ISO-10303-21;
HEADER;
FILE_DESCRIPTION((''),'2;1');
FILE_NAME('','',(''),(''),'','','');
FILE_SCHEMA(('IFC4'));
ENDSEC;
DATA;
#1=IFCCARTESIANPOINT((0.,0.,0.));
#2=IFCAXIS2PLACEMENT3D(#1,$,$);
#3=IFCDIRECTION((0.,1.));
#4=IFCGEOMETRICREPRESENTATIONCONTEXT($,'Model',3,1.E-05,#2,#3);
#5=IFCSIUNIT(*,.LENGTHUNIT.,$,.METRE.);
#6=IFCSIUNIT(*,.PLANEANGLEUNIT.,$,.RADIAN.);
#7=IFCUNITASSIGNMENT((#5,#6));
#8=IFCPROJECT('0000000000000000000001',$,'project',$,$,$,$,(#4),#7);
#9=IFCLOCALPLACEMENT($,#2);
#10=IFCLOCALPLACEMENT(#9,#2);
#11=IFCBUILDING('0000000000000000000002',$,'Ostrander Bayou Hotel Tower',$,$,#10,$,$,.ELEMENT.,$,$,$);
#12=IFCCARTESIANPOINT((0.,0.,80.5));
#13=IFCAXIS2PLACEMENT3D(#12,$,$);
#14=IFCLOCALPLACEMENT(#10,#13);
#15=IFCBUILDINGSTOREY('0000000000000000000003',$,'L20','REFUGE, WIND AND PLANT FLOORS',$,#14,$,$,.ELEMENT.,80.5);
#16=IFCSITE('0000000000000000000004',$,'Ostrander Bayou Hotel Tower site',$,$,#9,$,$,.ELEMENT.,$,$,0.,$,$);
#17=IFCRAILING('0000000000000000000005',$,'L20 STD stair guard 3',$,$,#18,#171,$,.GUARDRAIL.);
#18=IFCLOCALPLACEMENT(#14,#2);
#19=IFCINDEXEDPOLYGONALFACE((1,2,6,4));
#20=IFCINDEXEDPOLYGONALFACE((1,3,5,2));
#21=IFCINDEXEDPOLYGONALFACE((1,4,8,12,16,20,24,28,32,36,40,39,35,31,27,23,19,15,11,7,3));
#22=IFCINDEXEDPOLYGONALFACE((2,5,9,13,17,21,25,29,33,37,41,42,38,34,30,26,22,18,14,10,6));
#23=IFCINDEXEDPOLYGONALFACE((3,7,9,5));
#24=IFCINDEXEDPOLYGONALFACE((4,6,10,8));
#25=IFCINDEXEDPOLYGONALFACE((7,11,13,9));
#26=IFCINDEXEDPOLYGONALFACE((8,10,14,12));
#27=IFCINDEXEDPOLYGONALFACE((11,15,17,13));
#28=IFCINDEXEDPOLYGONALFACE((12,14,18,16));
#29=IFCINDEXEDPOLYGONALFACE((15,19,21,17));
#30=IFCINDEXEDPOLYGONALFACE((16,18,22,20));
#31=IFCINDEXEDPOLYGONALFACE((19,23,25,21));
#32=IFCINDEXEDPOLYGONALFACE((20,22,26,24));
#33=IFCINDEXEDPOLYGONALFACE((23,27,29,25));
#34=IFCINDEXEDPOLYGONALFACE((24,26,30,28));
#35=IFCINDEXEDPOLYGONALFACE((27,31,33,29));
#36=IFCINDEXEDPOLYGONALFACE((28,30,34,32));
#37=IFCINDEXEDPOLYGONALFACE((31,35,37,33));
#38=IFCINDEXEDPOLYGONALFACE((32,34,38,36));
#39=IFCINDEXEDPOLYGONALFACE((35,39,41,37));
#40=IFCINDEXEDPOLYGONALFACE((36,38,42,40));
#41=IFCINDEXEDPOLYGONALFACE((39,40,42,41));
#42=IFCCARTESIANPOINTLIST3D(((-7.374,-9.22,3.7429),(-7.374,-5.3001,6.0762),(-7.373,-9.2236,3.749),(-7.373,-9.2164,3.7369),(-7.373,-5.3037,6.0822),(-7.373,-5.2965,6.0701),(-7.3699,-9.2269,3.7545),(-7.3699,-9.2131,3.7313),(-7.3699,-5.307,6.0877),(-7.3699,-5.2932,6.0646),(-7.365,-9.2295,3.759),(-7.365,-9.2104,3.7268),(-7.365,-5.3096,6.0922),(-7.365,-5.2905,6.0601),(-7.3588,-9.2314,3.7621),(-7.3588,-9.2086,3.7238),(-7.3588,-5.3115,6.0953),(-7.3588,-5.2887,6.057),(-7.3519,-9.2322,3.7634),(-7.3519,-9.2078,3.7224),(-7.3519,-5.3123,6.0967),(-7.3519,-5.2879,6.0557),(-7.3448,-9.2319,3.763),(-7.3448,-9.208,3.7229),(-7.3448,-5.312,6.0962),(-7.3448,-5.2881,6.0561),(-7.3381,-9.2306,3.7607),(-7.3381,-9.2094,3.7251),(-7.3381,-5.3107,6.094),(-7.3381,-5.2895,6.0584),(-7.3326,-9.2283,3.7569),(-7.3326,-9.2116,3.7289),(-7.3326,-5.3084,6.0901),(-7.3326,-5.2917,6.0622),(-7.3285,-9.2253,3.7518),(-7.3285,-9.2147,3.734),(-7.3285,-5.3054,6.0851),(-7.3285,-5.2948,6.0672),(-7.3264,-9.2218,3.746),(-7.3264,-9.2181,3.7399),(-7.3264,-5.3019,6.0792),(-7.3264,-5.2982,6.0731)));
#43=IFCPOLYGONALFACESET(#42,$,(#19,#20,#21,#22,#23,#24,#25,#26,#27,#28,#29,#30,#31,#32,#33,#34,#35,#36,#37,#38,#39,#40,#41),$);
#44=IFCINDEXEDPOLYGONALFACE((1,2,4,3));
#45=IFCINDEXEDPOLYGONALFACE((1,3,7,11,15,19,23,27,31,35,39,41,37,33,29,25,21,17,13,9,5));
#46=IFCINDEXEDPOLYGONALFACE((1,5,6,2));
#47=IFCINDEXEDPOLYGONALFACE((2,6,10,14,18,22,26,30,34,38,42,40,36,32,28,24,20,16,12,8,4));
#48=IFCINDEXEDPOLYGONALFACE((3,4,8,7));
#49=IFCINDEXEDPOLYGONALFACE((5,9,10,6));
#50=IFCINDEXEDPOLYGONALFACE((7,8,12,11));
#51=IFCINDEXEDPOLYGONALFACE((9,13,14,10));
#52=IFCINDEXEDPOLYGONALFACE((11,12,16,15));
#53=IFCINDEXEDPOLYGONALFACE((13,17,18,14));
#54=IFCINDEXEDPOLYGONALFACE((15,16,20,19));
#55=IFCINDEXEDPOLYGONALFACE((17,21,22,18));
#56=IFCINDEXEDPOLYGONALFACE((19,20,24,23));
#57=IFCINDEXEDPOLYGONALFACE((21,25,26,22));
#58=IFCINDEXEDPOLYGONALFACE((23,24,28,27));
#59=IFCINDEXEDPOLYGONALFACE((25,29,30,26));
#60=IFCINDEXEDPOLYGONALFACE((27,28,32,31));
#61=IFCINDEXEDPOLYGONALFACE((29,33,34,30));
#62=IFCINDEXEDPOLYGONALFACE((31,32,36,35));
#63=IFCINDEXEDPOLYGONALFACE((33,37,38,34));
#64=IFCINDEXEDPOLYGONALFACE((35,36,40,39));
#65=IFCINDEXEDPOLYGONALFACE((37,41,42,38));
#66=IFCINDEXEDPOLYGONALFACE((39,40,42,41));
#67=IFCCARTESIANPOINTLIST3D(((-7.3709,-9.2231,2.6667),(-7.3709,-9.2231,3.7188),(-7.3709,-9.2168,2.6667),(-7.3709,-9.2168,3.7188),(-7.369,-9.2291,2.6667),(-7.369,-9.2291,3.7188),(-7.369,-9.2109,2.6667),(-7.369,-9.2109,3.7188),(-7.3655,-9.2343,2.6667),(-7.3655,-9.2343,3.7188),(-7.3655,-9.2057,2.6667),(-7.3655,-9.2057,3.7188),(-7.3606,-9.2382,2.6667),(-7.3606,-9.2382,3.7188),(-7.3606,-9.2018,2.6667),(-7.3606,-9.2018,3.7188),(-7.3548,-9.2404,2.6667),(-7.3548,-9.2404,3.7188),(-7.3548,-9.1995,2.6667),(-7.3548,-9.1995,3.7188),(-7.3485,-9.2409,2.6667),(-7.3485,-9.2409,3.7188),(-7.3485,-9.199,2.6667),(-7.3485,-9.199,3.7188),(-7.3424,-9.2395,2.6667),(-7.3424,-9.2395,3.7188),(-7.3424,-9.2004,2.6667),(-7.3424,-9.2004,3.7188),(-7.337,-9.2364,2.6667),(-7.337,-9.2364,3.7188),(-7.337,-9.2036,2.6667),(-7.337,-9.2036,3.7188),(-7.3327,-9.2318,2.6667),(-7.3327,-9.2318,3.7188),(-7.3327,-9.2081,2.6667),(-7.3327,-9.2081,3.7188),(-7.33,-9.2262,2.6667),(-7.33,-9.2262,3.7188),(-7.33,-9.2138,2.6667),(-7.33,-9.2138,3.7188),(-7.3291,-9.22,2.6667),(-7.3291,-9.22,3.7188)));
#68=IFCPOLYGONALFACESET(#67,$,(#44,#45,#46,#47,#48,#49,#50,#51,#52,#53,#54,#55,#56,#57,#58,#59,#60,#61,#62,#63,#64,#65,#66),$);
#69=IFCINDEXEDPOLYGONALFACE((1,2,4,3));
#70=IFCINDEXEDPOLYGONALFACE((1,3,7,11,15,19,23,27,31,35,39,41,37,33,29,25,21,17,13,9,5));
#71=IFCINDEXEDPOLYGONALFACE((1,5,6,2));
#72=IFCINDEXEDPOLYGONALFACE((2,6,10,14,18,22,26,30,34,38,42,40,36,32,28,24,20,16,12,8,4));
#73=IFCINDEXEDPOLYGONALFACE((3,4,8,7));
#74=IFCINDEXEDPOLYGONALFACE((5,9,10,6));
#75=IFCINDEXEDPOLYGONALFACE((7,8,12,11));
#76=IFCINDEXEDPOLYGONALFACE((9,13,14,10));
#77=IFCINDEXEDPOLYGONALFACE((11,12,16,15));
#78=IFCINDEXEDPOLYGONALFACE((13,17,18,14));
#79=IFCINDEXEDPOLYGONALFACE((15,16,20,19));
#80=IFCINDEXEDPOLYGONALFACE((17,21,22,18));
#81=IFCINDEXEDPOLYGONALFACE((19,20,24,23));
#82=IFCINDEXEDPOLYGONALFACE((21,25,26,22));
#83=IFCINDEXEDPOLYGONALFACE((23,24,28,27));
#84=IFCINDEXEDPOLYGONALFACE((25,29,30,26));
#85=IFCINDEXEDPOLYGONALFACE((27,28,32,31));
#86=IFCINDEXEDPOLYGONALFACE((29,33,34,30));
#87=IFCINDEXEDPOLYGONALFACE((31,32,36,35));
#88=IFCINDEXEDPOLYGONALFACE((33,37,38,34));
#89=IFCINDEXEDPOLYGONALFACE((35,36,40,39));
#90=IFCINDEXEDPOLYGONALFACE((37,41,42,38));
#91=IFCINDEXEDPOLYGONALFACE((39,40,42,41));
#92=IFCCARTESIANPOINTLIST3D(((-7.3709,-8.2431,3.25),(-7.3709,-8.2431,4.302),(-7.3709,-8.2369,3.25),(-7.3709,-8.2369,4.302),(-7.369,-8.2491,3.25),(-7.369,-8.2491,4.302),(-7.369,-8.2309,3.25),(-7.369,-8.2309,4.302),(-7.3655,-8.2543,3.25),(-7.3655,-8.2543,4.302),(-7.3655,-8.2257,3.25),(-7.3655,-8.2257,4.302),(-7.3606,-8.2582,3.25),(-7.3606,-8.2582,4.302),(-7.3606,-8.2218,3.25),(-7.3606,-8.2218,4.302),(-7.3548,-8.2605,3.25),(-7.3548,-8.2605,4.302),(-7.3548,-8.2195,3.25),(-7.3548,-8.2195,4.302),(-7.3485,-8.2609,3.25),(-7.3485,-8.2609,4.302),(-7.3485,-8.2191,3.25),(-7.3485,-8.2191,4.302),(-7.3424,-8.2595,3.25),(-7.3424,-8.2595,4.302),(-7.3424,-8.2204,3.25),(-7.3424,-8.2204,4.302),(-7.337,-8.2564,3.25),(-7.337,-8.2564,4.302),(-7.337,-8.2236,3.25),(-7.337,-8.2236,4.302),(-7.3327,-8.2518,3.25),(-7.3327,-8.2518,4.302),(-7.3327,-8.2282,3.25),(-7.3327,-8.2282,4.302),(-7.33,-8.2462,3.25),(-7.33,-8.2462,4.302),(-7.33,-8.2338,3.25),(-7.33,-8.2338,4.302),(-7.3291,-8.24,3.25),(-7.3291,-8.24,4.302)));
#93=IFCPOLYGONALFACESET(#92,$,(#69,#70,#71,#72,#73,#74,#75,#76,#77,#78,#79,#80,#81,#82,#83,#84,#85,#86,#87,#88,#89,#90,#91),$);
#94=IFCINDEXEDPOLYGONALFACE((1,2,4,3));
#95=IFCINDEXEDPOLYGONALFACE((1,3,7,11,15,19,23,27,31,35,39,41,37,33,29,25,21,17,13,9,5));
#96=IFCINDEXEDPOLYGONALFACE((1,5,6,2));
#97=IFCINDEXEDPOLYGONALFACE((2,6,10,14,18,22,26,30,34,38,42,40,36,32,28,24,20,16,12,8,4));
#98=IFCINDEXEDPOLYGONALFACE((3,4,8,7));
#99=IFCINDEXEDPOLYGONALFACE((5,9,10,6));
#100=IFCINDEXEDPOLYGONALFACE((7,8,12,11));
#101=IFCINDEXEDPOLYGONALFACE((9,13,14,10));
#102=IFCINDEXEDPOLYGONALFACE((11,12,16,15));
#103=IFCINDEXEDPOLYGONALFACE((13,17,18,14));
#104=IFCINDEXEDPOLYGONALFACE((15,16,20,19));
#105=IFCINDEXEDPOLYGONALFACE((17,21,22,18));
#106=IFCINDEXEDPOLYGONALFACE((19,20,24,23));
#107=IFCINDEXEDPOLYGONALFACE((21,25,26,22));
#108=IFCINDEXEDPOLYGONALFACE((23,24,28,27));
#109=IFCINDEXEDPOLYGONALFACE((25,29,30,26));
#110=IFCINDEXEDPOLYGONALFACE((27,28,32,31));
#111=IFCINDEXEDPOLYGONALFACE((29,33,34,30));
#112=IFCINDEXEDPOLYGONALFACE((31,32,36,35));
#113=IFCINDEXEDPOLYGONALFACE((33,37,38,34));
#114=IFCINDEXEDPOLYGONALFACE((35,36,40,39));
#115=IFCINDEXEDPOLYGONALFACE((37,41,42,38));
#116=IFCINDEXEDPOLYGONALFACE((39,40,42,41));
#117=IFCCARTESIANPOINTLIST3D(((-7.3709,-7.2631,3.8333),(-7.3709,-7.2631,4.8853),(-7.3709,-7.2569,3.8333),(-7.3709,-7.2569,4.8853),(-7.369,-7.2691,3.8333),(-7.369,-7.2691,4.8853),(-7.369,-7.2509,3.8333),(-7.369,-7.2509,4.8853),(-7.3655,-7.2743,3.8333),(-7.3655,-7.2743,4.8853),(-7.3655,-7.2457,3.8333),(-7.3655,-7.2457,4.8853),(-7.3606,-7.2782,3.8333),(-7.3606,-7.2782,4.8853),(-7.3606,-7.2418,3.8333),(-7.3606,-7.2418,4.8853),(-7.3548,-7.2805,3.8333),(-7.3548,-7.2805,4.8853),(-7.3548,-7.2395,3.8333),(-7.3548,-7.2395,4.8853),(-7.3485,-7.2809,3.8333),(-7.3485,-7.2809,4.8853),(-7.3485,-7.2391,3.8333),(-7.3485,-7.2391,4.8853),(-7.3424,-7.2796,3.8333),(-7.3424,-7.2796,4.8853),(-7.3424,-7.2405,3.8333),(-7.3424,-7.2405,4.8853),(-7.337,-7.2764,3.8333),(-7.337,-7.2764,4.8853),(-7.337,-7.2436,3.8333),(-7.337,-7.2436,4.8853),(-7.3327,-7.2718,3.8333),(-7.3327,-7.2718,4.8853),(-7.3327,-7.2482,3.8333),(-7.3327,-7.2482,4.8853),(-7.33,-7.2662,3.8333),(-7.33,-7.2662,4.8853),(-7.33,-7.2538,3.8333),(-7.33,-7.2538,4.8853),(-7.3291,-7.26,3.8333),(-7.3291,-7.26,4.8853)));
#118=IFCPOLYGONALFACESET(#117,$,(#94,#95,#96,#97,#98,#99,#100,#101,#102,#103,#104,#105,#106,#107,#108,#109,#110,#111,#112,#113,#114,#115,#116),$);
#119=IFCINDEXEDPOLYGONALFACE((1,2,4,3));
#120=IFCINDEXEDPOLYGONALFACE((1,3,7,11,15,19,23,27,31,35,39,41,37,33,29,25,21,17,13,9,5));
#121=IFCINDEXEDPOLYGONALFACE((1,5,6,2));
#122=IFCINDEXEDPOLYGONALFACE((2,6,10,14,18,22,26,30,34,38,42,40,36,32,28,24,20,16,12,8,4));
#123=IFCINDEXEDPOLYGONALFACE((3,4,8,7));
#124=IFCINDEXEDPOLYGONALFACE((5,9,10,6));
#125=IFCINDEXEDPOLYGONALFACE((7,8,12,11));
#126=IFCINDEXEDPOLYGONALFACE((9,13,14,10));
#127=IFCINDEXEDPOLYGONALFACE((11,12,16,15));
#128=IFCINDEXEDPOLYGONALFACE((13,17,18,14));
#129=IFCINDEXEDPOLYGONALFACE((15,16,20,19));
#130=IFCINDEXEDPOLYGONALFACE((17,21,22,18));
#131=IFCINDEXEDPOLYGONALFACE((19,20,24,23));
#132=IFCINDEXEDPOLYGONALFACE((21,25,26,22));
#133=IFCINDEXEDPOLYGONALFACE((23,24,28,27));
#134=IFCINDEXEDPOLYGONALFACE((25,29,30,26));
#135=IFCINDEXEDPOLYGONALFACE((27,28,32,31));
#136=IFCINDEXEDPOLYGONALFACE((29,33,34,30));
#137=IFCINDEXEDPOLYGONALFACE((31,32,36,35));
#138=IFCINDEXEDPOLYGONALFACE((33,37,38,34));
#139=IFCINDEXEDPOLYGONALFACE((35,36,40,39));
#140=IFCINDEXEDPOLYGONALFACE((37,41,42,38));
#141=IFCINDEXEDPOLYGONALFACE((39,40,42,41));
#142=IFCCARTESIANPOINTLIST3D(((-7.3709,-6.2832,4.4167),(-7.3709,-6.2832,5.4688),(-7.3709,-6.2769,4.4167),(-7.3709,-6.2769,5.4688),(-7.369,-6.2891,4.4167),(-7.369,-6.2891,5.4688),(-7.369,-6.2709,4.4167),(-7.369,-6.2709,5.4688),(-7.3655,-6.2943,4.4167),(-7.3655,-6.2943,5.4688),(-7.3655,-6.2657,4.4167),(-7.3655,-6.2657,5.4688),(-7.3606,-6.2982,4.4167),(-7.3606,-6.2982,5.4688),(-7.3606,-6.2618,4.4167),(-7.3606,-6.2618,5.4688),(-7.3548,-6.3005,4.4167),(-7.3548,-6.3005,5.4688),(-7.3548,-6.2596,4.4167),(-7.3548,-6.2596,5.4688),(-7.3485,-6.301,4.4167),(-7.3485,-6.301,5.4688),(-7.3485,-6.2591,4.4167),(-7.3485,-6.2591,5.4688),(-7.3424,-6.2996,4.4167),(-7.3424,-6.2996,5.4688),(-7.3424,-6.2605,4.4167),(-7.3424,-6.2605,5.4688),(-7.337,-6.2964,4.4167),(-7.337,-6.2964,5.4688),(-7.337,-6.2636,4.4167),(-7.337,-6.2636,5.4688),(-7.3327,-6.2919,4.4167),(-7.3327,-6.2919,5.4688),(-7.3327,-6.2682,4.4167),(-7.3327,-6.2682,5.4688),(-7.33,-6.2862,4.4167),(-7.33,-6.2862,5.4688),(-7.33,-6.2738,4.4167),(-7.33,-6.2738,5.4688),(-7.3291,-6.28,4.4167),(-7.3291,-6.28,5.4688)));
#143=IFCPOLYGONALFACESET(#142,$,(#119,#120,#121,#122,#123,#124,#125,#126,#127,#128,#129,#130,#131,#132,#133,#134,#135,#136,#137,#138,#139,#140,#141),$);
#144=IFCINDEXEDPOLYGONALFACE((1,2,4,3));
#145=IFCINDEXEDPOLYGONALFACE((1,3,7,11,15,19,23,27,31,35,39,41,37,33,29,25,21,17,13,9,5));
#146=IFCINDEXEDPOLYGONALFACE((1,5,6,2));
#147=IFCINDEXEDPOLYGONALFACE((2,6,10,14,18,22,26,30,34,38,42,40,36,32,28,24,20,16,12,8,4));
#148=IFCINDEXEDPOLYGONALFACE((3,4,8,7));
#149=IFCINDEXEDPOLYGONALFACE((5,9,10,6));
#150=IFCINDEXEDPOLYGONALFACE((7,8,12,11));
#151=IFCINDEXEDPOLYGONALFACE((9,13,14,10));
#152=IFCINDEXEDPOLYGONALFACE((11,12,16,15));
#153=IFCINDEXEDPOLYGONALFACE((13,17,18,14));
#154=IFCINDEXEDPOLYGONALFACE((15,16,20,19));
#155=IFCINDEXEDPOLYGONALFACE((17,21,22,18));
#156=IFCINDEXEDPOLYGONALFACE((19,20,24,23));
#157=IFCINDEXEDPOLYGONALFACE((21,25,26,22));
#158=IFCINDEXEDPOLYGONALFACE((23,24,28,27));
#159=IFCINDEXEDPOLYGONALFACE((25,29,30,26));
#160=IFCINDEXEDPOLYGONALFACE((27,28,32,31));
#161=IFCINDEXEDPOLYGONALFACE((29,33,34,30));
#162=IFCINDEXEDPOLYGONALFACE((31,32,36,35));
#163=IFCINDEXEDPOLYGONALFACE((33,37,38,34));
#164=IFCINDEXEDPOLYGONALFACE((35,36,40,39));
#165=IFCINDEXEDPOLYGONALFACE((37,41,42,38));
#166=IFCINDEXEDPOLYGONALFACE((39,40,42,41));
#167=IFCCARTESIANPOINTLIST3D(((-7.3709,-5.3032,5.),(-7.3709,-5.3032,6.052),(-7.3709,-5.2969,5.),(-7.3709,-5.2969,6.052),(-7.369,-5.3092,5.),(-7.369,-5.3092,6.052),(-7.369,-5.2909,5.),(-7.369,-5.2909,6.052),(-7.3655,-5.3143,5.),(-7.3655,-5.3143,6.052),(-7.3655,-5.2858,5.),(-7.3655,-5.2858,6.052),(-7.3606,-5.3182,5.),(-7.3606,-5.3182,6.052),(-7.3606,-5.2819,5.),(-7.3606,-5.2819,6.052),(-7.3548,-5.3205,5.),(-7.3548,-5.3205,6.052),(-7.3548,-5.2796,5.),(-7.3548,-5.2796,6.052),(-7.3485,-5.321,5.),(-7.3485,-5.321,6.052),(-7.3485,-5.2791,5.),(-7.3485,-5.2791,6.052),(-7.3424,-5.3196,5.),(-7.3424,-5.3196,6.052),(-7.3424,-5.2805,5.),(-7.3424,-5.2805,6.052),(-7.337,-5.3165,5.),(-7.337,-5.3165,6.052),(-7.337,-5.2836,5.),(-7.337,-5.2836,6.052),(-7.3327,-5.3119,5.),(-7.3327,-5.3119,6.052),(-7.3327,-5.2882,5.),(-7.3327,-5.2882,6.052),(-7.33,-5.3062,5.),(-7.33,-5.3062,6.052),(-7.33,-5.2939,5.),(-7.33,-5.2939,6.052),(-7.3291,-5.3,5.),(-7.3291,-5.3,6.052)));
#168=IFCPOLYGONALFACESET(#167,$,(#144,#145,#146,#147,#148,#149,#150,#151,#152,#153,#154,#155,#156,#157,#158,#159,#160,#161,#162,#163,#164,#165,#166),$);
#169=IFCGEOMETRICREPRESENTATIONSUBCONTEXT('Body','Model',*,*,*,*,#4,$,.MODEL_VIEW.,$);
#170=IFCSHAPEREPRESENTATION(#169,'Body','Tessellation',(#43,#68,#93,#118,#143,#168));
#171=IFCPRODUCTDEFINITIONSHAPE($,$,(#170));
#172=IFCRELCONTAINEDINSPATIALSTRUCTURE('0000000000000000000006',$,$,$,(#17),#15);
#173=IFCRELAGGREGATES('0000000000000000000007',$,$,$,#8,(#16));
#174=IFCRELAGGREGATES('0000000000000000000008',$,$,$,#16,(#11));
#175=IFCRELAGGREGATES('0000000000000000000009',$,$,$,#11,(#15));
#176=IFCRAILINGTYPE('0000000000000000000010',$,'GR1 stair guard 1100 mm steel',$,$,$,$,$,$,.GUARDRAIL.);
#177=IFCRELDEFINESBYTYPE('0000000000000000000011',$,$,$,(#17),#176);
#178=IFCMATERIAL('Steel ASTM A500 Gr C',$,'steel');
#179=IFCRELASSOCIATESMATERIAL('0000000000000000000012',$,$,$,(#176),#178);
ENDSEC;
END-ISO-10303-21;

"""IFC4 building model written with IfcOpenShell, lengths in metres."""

from ifc_helpers import new_model, si_unit, direction, frame, origin, origin_2d, place, context, subcontext, project, spatial, circle, extrude, material, type_object, element, save


model = new_model("IFC4")

# Units and contexts
model_context = context("Model", 3, precision=1e-05, world=origin(), true_north=direction((0.0, 1.0)))
body_context = subcontext(model_context, "Body", "Model", "MODEL_VIEW")
ifc_project = project(units=[si_unit("LENGTHUNIT", "METRE"), si_unit("PLANEANGLEUNIT", "RADIAN")], contexts=[model_context])

# Site, building, storey
site_placement = place(None, origin())
site = spatial("IfcSite", under=ifc_project, at=site_placement, Name="Ostrander Bayou Hotel Tower site", CompositionType="ELEMENT", RefElevation=0.0)
building_placement = place(site_placement, origin())
building = spatial("IfcBuilding", under=site, at=building_placement, Name="Ostrander Bayou Hotel Tower", CompositionType="ELEMENT")
storey_placement = place(building_placement, frame((0.0, 0.0, 80.5)))
storey = spatial("IfcBuildingStorey", under=building, at=storey_placement, Name="L20", Description="REFUGE, WIND AND PLANT FLOORS", CompositionType="ELEMENT", Elevation=80.5)

# Railing
ifc_material_1 = material(Name="Steel ASTM A500 Gr C", Category="steel")
railing_type_1 = type_object("IfcRailingType", Name="GR1 stair guard 1100 mm steel", PredefinedType="GUARDRAIL", material=ifc_material_1)
railing_1_placement = place(storey_placement, frame((-7.3501, -9.22, 2.6667)))
element("IfcRailing", 1, at=railing_1_placement, inside=storey, type_object=railing_type_1, Name="L20 STD stair guard 3", PredefinedType="GUARDRAIL", context=body_context, shape_type="SweptSolid", body=[
    extrude(circle(Radius=0.0239, at=origin_2d()), frame((0.0, 0.0, 1.0762), z_axis=(0.0, 0.859296, 0.511478), x_axis=(-1.0, 0.0, 0.0)), (0.0, 0.0, 1.0), 4.5618),
    extrude(circle(Radius=0.021, at=origin_2d()), origin(), (0.0, 0.0, 1.0), 1.052),
    extrude(circle(Radius=0.021, at=origin_2d()), frame((0.0, 0.98, 0.5833)), (0.0, 0.0, 1.0), 1.052),
    extrude(circle(Radius=0.021, at=origin_2d()), frame((0.0, 1.96, 1.1665)), (0.0, 0.0, 1.0), 1.052),
    extrude(circle(Radius=0.021, at=origin_2d()), frame((0.0, 2.9399, 1.75)), (0.0, 0.0, 1.0), 1.052),
    extrude(circle(Radius=0.021, at=origin_2d()), frame((0.0, 3.9199, 2.3333)), (0.0, 0.0, 1.0), 1.052),
])

save(model, "model.ifc")
